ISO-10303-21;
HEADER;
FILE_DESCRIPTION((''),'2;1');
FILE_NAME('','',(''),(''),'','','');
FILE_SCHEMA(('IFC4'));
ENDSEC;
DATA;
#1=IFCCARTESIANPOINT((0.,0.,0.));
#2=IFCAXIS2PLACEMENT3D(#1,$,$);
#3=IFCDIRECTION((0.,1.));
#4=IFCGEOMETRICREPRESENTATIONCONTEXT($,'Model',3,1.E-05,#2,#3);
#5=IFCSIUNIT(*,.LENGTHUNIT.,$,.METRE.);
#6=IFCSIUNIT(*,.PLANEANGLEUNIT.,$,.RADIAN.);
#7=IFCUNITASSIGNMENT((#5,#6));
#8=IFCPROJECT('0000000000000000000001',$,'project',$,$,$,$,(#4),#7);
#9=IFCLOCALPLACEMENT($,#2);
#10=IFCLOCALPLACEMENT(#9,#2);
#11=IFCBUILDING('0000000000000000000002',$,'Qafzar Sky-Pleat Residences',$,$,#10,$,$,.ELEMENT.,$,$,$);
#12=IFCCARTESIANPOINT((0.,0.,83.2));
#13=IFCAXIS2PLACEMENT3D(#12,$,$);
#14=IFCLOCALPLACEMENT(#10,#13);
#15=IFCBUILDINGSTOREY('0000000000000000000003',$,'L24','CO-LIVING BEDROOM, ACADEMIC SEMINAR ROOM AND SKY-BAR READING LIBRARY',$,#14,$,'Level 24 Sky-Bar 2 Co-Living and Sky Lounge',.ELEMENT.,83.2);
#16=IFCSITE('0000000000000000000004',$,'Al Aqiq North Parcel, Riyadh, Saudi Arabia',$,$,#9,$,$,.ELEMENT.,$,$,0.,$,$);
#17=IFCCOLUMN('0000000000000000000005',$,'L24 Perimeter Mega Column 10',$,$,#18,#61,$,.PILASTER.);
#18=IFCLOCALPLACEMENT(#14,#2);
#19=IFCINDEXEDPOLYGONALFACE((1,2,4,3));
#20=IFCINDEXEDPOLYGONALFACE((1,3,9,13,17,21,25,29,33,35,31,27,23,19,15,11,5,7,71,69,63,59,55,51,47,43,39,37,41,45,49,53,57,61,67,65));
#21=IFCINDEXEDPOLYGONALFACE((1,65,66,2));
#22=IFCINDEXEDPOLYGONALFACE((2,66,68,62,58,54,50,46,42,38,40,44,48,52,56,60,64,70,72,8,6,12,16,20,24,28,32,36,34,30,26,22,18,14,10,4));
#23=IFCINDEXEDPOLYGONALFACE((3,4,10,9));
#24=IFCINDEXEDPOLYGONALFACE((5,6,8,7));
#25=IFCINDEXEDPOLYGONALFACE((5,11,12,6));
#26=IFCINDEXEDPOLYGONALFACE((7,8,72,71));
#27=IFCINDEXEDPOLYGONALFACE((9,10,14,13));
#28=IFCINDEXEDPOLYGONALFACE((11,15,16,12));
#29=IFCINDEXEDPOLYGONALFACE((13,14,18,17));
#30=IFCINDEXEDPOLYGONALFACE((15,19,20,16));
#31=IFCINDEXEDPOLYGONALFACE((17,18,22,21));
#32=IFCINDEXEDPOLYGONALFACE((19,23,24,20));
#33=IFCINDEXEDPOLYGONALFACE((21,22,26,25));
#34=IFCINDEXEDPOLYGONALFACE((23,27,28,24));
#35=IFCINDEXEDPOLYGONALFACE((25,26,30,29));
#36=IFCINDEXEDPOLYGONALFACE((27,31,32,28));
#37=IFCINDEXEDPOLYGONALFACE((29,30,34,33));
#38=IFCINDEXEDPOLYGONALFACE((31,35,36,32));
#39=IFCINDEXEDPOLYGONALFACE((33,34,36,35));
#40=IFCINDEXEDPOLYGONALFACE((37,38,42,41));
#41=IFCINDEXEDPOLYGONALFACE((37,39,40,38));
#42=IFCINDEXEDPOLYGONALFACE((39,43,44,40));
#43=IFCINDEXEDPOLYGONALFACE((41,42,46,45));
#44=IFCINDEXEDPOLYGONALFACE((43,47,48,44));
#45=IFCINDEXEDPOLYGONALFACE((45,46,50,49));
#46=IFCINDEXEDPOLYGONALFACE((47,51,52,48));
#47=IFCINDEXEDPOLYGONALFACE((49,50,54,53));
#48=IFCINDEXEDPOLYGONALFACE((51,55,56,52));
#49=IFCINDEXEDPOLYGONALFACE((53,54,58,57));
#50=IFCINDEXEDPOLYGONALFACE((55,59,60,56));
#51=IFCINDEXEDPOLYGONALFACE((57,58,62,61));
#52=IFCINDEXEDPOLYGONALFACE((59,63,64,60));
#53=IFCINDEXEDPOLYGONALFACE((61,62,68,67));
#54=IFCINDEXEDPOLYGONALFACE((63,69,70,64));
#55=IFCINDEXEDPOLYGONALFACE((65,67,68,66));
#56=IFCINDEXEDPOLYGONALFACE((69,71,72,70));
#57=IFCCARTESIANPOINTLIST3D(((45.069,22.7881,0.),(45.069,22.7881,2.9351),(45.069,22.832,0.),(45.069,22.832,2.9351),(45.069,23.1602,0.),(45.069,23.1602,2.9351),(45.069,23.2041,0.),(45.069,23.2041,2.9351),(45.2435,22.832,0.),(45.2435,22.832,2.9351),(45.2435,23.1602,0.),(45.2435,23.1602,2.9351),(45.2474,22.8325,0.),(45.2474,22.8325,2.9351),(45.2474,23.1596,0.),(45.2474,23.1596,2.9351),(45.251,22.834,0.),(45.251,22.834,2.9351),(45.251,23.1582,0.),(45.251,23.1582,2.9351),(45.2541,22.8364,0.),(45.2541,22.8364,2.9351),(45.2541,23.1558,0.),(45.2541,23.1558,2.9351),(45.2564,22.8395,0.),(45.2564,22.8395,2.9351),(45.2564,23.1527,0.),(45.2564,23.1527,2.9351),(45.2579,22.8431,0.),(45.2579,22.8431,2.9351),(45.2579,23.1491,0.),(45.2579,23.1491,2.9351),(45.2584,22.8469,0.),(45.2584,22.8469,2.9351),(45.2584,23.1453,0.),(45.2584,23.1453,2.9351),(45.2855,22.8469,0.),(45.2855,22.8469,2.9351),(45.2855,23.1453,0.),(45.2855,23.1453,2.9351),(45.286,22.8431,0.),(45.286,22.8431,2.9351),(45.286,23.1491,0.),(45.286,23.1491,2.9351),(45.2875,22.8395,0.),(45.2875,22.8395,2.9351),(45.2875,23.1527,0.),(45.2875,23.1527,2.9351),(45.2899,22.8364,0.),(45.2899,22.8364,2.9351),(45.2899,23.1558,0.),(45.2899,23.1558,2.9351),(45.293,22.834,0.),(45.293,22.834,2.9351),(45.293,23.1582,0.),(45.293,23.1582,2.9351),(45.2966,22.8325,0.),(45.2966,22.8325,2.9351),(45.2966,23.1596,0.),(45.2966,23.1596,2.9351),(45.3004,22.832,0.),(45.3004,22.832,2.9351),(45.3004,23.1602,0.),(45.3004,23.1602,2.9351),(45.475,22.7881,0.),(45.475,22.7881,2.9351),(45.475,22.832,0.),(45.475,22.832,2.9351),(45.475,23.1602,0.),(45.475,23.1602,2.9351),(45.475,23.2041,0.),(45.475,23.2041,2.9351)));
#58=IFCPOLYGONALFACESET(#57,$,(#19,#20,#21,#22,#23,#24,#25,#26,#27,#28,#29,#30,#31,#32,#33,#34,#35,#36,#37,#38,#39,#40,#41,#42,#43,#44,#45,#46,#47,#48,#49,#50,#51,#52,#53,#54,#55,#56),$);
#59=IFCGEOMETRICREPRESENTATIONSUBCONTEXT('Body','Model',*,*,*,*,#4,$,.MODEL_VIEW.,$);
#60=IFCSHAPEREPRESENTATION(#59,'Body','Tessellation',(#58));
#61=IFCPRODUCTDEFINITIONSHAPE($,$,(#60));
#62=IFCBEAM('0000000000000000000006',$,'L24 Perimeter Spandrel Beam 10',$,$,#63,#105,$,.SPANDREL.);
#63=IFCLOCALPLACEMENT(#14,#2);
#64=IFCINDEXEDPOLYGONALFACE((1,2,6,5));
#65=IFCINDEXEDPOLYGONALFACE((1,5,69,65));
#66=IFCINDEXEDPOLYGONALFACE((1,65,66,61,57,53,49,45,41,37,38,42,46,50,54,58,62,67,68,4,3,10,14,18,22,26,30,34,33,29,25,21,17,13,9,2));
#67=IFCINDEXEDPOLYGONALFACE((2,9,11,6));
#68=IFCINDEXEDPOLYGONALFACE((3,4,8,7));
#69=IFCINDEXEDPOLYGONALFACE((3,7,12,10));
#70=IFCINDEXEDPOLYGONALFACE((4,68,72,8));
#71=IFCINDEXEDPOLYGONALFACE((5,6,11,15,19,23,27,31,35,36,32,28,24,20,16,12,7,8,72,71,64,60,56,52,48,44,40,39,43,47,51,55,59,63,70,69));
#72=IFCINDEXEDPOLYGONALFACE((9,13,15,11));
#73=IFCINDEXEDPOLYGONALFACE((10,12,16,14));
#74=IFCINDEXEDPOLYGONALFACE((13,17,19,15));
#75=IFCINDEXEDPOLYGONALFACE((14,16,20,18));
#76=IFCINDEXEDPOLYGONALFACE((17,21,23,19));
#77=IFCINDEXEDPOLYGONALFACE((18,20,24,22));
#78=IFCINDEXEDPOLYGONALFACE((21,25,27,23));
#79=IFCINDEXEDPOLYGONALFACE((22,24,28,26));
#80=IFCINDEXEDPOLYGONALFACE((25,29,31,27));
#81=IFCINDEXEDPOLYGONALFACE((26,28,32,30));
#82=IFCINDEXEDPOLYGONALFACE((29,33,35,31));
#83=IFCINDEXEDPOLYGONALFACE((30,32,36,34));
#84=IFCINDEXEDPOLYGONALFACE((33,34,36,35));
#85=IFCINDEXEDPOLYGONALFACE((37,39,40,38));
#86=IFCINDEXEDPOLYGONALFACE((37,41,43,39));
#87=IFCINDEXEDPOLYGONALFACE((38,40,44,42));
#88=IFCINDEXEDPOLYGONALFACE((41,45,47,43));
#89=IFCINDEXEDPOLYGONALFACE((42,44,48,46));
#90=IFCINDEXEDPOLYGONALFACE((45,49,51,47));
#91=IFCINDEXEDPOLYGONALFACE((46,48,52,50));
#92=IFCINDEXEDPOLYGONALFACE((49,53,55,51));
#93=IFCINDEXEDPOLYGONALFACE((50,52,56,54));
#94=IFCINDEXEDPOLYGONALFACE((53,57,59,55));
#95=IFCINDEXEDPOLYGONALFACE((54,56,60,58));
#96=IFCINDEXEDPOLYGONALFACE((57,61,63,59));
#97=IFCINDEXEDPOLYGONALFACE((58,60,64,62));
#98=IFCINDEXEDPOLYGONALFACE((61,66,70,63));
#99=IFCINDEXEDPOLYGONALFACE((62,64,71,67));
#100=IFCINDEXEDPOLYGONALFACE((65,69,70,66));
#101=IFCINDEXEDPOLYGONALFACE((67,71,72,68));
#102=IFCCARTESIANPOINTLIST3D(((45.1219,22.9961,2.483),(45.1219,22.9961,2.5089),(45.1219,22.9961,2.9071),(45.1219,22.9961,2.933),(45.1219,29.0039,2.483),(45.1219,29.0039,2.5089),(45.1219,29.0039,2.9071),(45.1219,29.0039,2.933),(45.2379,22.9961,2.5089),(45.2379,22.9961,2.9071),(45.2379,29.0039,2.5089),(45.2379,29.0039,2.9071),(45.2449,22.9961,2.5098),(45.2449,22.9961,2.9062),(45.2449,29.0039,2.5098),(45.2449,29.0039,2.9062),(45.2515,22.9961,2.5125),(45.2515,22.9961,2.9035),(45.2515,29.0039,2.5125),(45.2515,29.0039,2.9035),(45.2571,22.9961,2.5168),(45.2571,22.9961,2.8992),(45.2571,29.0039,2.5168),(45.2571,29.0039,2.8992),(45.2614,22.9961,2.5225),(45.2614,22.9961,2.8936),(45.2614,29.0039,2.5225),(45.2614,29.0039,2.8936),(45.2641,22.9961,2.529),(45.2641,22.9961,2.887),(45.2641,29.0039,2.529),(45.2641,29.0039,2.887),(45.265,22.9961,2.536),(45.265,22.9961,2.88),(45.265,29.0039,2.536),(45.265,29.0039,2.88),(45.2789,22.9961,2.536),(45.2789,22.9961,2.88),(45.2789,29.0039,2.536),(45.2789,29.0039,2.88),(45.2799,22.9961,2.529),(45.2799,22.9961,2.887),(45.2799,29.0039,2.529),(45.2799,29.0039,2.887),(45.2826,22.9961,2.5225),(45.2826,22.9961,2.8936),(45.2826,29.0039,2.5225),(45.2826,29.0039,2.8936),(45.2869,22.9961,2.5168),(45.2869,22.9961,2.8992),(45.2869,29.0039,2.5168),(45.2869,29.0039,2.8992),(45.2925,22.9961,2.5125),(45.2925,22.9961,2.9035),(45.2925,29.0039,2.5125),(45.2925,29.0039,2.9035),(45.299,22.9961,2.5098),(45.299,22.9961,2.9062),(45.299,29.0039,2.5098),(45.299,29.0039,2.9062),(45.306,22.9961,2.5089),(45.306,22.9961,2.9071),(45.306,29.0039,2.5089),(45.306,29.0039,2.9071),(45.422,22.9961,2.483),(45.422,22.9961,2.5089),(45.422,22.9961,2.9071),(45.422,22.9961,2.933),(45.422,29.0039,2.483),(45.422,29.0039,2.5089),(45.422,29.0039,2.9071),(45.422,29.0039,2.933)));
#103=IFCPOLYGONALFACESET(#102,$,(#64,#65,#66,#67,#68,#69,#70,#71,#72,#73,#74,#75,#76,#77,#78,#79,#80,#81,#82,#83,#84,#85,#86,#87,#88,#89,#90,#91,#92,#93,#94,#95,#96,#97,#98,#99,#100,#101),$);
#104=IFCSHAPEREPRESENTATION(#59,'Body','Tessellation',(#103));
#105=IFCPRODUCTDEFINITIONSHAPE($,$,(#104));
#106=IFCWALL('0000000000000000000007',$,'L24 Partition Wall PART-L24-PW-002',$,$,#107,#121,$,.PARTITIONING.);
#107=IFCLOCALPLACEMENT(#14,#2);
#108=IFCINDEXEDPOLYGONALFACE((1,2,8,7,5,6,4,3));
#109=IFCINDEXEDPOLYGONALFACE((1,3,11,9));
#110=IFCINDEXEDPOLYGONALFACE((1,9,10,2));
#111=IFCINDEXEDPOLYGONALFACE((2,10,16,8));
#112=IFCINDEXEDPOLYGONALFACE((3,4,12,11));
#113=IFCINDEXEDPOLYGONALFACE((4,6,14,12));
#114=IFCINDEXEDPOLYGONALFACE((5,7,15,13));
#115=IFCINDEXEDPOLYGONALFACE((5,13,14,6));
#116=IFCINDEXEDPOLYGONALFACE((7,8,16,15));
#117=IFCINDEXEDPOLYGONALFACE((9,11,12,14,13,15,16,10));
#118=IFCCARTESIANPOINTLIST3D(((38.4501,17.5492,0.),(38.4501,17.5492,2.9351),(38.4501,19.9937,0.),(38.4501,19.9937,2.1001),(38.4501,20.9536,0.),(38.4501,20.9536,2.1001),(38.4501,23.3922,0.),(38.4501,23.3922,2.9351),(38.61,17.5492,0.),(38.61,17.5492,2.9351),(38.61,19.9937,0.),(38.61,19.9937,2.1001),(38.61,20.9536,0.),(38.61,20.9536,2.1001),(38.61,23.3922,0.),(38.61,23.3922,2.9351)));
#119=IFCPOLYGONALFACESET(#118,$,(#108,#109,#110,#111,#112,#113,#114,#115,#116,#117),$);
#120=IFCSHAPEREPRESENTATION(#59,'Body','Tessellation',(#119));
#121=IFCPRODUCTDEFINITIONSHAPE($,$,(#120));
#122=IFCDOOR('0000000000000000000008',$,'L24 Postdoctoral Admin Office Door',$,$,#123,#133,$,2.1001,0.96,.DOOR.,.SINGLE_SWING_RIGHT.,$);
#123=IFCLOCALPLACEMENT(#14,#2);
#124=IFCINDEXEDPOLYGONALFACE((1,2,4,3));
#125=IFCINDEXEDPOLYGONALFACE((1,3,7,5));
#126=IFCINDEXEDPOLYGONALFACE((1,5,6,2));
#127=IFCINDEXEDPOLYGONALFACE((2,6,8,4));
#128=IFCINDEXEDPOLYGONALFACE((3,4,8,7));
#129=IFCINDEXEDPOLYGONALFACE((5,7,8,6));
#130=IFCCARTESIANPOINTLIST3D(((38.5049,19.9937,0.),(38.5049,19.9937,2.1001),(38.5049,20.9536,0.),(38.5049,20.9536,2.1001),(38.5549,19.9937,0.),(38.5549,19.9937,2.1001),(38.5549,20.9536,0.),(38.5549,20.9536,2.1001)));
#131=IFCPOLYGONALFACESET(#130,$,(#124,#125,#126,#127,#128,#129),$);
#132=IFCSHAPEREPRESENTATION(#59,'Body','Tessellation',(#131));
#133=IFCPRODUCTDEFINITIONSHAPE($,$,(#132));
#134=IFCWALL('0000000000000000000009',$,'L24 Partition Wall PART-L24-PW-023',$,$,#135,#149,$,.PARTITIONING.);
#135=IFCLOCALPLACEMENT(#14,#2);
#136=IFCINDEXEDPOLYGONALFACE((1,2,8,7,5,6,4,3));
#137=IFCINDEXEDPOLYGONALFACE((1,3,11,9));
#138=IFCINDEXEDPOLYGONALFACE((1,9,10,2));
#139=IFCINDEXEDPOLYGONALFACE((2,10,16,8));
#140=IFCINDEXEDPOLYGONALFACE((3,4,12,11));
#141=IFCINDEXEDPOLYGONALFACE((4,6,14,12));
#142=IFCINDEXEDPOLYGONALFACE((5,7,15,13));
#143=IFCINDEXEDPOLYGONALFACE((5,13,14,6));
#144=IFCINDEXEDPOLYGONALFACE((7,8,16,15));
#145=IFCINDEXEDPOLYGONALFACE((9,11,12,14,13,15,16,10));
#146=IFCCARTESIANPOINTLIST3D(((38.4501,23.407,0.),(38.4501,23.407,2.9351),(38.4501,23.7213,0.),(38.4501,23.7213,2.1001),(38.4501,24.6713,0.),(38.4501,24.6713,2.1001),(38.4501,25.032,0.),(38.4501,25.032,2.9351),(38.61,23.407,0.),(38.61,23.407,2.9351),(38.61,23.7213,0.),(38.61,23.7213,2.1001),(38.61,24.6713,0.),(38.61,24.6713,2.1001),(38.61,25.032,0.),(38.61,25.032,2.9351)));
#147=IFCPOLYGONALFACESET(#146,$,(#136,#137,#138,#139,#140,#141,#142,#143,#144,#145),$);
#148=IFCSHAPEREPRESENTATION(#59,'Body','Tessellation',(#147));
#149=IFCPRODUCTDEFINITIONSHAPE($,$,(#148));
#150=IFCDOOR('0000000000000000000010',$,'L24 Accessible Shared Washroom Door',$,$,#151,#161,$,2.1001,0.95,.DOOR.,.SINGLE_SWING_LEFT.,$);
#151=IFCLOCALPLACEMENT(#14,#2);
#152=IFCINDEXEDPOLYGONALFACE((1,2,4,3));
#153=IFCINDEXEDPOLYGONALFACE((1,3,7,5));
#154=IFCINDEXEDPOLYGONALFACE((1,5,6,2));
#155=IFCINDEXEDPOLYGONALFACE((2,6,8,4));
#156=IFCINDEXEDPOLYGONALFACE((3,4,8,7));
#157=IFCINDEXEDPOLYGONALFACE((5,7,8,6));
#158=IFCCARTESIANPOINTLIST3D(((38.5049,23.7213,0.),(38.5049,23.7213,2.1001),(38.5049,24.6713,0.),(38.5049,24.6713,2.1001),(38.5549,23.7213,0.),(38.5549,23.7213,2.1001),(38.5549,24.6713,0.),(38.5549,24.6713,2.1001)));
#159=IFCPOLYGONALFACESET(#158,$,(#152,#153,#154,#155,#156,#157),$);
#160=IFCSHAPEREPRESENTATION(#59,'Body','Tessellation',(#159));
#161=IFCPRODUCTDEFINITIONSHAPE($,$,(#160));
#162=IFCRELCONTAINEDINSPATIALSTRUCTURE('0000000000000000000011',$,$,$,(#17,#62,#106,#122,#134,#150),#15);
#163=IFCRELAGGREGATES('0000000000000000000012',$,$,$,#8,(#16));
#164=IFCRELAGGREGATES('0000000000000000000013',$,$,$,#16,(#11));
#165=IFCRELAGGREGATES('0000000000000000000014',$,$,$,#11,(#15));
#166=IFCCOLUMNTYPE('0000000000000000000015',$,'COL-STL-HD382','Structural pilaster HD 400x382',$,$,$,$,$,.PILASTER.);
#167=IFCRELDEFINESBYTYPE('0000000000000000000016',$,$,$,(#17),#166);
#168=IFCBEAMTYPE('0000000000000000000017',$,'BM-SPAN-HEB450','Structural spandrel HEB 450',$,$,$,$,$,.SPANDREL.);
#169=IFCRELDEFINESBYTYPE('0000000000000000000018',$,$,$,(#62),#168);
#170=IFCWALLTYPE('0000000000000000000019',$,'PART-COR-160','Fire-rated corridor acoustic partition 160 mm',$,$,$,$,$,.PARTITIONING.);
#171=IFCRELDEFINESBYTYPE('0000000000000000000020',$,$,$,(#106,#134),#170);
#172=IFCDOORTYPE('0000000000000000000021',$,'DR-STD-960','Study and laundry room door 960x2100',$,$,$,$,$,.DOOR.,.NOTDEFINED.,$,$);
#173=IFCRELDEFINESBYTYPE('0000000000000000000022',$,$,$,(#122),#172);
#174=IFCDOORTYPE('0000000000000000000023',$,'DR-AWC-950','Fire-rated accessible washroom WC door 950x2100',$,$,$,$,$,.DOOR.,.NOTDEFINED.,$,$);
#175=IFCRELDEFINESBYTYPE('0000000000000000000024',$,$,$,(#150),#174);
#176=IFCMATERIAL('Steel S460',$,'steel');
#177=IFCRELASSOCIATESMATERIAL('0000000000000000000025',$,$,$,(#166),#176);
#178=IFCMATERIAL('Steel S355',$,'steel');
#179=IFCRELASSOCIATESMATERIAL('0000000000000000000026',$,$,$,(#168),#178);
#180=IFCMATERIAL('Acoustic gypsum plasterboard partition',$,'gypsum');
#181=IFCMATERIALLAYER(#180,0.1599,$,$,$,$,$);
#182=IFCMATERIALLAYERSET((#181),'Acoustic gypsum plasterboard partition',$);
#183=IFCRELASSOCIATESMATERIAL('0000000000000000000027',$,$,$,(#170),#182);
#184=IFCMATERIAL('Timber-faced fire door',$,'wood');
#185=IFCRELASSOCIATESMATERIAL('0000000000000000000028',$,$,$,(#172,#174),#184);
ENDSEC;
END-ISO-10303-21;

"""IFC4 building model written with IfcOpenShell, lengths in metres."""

from ifc_helpers import new_model, si_unit, direction, frame, frame_2d, origin, origin_2d, place, context, subcontext, project, spatial, rectangle, i_section, extrude, source, transform, mapped, material, layer, layer_set, material_profile, profile_set, type_object, element, fill, save


model = new_model("IFC4")

# Units and contexts
model_context = context("Model", 3, precision=1e-05, world=origin(), true_north=direction((0.0, 1.0)))
body_context = subcontext(model_context, "Body", "Model", "MODEL_VIEW")
ifc_project = project(units=[si_unit("LENGTHUNIT", "METRE"), si_unit("PLANEANGLEUNIT", "RADIAN")], contexts=[model_context])

# Site, building, storey
site_placement = place(None, origin())
site = spatial("IfcSite", under=ifc_project, at=site_placement, Name="Al Aqiq North Parcel, Riyadh, Saudi Arabia", CompositionType="ELEMENT", RefElevation=0.0)
building_placement = place(site_placement, origin())
building = spatial("IfcBuilding", under=site, at=building_placement, Name="Qafzar Sky-Pleat Residences", CompositionType="ELEMENT")
storey_placement = place(building_placement, frame((0.0, 0.0, 83.2)))
storey = spatial("IfcBuildingStorey", under=building, at=storey_placement, Name="L24", Description="CO-LIVING BEDROOM, ACADEMIC SEMINAR ROOM AND SKY-BAR READING LIBRARY", LongName="Level 24 Sky-Bar 2 Co-Living and Sky Lounge", CompositionType="ELEMENT", Elevation=83.2)

# Column
ifc_material_1 = material(Name="Steel S460", Category="steel")
ifc_material_profile_1 = material_profile(ifc_material_1, i_section(OverallWidth=0.406, OverallDepth=0.416, WebThickness=0.0271, FlangeThickness=0.0439, FilletRadius=0.0149, at=origin_2d()), Name="HD 400x382")
ifc_profile_set_1 = profile_set([ifc_material_profile_1], Name="Steel S460")
column_type = type_object("IfcColumnType", Name="COL-STL-HD382", Description="Structural pilaster HD 400x382", PredefinedType="PILASTER", material=ifc_profile_set_1)
shared_shape_1 = source(origin(), body_context, "Body", "SweptSolid", [
    extrude(i_section(OverallWidth=0.406, OverallDepth=0.416, WebThickness=0.0271, FlangeThickness=0.0439, FilletRadius=0.0149, at=origin_2d()), origin(), (0.0, 0.0, 1.0), 2.9351),
])
column_placement = place(storey_placement, frame((45.272, 22.9961, 0.0), z_axis=(0.0, 0.0, 1.0), x_axis=(1.0, 0.0, 0.0)))
element("IfcColumn", 1, at=column_placement, inside=storey, type_object=column_type, Name="L24 Perimeter Mega Column 10", PredefinedType="PILASTER", context=body_context, shape_type="MappedRepresentation", body=[
    mapped(shared_shape_1, transform((0.0, 0.0, 0.0), x_axis=(1.0, 0.0, 0.0), y_axis=(0.0, 1.0, 0.0), z_axis=(0.0, 0.0, 1.0), scale=1.0)),
])

# Beam
ifc_material_2 = material(Name="Steel S355", Category="steel")
ifc_material_profile_2 = material_profile(ifc_material_2, i_section(OverallWidth=0.3, OverallDepth=0.45, WebThickness=0.0139, FlangeThickness=0.0259, FilletRadius=0.0271, at=origin_2d()), Name="HEB 450")
ifc_profile_set_2 = profile_set([ifc_material_profile_2], Name="Steel S355")
beam_type = type_object("IfcBeamType", Name="BM-SPAN-HEB450", Description="Structural spandrel HEB 450", PredefinedType="SPANDREL", material=ifc_profile_set_2)
shared_shape_2 = source(origin(), body_context, "Body", "SweptSolid", [
    extrude(i_section(OverallWidth=0.3, OverallDepth=0.45, WebThickness=0.0139, FlangeThickness=0.0259, FilletRadius=0.0271, at=origin_2d()), origin(), (0.0, 0.0, 1.0), 6.0078),
])
beam_placement = place(storey_placement, frame((45.272, 22.9961, 2.708), z_axis=(0.0, 1.0, 0.0), x_axis=(-1.0, 0.0, 0.0)))
element("IfcBeam", 2, at=beam_placement, inside=storey, type_object=beam_type, Name="L24 Perimeter Spandrel Beam 10", PredefinedType="SPANDREL", context=body_context, shape_type="MappedRepresentation", body=[
    mapped(shared_shape_2, transform((0.0, 0.0, 0.0), x_axis=(1.0, 0.0, 0.0), y_axis=(0.0, 1.0, 0.0), z_axis=(0.0, 0.0, 1.0), scale=1.0)),
])

# Walls, openings, doors
ifc_material_3 = material(Name="Acoustic gypsum plasterboard partition", Category="gypsum")
ifc_layer_1 = layer(ifc_material_3, 0.1599)
ifc_layer_set_1 = layer_set([ifc_layer_1], Name="Acoustic gypsum plasterboard partition")
wall_type_1 = type_object("IfcWallType", Name="PART-COR-160", Description="Fire-rated corridor acoustic partition 160 mm", PredefinedType="PARTITIONING", material=ifc_layer_set_1)
wall_1_placement = place(storey_placement, frame((38.53, 23.3921, 0.0), z_axis=(0.0, 0.0, 1.0), x_axis=(0.0, -1.0, 0.0)))
wall_1 = element("IfcWall", 3, at=wall_1_placement, inside=storey, type_object=wall_type_1, Name="L24 Partition Wall PART-L24-PW-002", PredefinedType="PARTITIONING", context=body_context, shape_type="SweptSolid", body=[
    extrude(rectangle(XDim=5.843, YDim=0.1599, at=frame_2d((2.9214, 0.0))), origin(), (0.0, 0.0, 1.0), 2.9351),
])
opening_1_placement = place(wall_1_placement, frame((2.4385, 0.0, 0.0)))
opening_1 = element("IfcOpeningElement", 4, at=opening_1_placement, cuts=wall_1, PredefinedType="OPENING", context=body_context, shape_type="SweptSolid", body=[
    extrude(rectangle(XDim=0.96, YDim=2.1001, at=frame_2d((0.48, 1.05))), frame((0.0, 0.0898, 0.0), z_axis=(0.0, -1.0, 0.0), x_axis=(1.0, 0.0, 0.0)), (0.0, 0.0, 1.0), 0.1799),
])
ifc_material_4 = material(Name="Timber-faced fire door", Category="wood")
door_type_1 = type_object("IfcDoorType", Name="DR-STD-960", Description="Study and laundry room door 960x2100", OperationType="NOTDEFINED", PredefinedType="DOOR", material=ifc_material_4)
shared_shape_3 = source(origin(), body_context, "Body", "SweptSolid", [
    extrude(rectangle(XDim=0.96, YDim=2.1001, at=frame_2d((0.48, 1.05))), frame((0.0, 0.0249, 0.0), z_axis=(0.0, -1.0, 0.0), x_axis=(1.0, 0.0, 0.0)), (0.0, 0.0, 1.0), 0.05),
])
door_1_placement = place(opening_1_placement, origin())
door_1 = element("IfcDoor", 5, at=door_1_placement, inside=storey, type_object=door_type_1, Name="L24 Postdoctoral Admin Office Door", OperationType="SINGLE_SWING_RIGHT", OverallHeight=2.1001, OverallWidth=0.96, PredefinedType="DOOR", context=body_context, shape_type="MappedRepresentation", body=[
    mapped(shared_shape_3, transform((0.0, 0.0, 0.0), x_axis=(1.0, 0.0, 0.0), y_axis=(0.0, 1.0, 0.0), z_axis=(0.0, 0.0, 1.0), scale=1.0)),
])
fill(opening_1, door_1)
wall_2_placement = place(storey_placement, frame((38.53, 25.032, 0.0), z_axis=(0.0, 0.0, 1.0), x_axis=(0.0, -1.0, 0.0)))
wall_2 = element("IfcWall", 6, at=wall_2_placement, inside=storey, type_object=wall_type_1, Name="L24 Partition Wall PART-L24-PW-023", PredefinedType="PARTITIONING", context=body_context, shape_type="SweptSolid", body=[
    extrude(rectangle(XDim=1.625, YDim=0.1599, at=frame_2d((0.8125, 0.0))), origin(), (0.0, 0.0, 1.0), 2.9351),
])
opening_2_placement = place(wall_2_placement, frame((0.3606, 0.0, 0.0)))
opening_2 = element("IfcOpeningElement", 7, at=opening_2_placement, cuts=wall_2, PredefinedType="OPENING", context=body_context, shape_type="SweptSolid", body=[
    extrude(rectangle(XDim=0.95, YDim=2.1001, at=frame_2d((0.4751, 1.05))), frame((0.0, 0.0898, 0.0), z_axis=(0.0, -1.0, 0.0), x_axis=(1.0, 0.0, 0.0)), (0.0, 0.0, 1.0), 0.1799),
])
door_type_2 = type_object("IfcDoorType", Name="DR-AWC-950", Description="Fire-rated accessible washroom WC door 950x2100", OperationType="NOTDEFINED", PredefinedType="DOOR", material=ifc_material_4)
shared_shape_4 = source(origin(), body_context, "Body", "SweptSolid", [
    extrude(rectangle(XDim=0.95, YDim=2.1001, at=frame_2d((0.4751, 1.05))), frame((0.0, 0.0249, 0.0), z_axis=(0.0, -1.0, 0.0), x_axis=(1.0, 0.0, 0.0)), (0.0, 0.0, 1.0), 0.05),
])
door_2_placement = place(opening_2_placement, origin())
door_2 = element("IfcDoor", 8, at=door_2_placement, inside=storey, type_object=door_type_2, Name="L24 Accessible Shared Washroom Door", OperationType="SINGLE_SWING_LEFT", OverallHeight=2.1001, OverallWidth=0.95, PredefinedType="DOOR", context=body_context, shape_type="MappedRepresentation", body=[
    mapped(shared_shape_4, transform((0.0, 0.0, 0.0), x_axis=(1.0, 0.0, 0.0), y_axis=(0.0, 1.0, 0.0), z_axis=(0.0, 0.0, 1.0), scale=1.0)),
])
fill(opening_2, door_2)

save(model, "model.ifc")
